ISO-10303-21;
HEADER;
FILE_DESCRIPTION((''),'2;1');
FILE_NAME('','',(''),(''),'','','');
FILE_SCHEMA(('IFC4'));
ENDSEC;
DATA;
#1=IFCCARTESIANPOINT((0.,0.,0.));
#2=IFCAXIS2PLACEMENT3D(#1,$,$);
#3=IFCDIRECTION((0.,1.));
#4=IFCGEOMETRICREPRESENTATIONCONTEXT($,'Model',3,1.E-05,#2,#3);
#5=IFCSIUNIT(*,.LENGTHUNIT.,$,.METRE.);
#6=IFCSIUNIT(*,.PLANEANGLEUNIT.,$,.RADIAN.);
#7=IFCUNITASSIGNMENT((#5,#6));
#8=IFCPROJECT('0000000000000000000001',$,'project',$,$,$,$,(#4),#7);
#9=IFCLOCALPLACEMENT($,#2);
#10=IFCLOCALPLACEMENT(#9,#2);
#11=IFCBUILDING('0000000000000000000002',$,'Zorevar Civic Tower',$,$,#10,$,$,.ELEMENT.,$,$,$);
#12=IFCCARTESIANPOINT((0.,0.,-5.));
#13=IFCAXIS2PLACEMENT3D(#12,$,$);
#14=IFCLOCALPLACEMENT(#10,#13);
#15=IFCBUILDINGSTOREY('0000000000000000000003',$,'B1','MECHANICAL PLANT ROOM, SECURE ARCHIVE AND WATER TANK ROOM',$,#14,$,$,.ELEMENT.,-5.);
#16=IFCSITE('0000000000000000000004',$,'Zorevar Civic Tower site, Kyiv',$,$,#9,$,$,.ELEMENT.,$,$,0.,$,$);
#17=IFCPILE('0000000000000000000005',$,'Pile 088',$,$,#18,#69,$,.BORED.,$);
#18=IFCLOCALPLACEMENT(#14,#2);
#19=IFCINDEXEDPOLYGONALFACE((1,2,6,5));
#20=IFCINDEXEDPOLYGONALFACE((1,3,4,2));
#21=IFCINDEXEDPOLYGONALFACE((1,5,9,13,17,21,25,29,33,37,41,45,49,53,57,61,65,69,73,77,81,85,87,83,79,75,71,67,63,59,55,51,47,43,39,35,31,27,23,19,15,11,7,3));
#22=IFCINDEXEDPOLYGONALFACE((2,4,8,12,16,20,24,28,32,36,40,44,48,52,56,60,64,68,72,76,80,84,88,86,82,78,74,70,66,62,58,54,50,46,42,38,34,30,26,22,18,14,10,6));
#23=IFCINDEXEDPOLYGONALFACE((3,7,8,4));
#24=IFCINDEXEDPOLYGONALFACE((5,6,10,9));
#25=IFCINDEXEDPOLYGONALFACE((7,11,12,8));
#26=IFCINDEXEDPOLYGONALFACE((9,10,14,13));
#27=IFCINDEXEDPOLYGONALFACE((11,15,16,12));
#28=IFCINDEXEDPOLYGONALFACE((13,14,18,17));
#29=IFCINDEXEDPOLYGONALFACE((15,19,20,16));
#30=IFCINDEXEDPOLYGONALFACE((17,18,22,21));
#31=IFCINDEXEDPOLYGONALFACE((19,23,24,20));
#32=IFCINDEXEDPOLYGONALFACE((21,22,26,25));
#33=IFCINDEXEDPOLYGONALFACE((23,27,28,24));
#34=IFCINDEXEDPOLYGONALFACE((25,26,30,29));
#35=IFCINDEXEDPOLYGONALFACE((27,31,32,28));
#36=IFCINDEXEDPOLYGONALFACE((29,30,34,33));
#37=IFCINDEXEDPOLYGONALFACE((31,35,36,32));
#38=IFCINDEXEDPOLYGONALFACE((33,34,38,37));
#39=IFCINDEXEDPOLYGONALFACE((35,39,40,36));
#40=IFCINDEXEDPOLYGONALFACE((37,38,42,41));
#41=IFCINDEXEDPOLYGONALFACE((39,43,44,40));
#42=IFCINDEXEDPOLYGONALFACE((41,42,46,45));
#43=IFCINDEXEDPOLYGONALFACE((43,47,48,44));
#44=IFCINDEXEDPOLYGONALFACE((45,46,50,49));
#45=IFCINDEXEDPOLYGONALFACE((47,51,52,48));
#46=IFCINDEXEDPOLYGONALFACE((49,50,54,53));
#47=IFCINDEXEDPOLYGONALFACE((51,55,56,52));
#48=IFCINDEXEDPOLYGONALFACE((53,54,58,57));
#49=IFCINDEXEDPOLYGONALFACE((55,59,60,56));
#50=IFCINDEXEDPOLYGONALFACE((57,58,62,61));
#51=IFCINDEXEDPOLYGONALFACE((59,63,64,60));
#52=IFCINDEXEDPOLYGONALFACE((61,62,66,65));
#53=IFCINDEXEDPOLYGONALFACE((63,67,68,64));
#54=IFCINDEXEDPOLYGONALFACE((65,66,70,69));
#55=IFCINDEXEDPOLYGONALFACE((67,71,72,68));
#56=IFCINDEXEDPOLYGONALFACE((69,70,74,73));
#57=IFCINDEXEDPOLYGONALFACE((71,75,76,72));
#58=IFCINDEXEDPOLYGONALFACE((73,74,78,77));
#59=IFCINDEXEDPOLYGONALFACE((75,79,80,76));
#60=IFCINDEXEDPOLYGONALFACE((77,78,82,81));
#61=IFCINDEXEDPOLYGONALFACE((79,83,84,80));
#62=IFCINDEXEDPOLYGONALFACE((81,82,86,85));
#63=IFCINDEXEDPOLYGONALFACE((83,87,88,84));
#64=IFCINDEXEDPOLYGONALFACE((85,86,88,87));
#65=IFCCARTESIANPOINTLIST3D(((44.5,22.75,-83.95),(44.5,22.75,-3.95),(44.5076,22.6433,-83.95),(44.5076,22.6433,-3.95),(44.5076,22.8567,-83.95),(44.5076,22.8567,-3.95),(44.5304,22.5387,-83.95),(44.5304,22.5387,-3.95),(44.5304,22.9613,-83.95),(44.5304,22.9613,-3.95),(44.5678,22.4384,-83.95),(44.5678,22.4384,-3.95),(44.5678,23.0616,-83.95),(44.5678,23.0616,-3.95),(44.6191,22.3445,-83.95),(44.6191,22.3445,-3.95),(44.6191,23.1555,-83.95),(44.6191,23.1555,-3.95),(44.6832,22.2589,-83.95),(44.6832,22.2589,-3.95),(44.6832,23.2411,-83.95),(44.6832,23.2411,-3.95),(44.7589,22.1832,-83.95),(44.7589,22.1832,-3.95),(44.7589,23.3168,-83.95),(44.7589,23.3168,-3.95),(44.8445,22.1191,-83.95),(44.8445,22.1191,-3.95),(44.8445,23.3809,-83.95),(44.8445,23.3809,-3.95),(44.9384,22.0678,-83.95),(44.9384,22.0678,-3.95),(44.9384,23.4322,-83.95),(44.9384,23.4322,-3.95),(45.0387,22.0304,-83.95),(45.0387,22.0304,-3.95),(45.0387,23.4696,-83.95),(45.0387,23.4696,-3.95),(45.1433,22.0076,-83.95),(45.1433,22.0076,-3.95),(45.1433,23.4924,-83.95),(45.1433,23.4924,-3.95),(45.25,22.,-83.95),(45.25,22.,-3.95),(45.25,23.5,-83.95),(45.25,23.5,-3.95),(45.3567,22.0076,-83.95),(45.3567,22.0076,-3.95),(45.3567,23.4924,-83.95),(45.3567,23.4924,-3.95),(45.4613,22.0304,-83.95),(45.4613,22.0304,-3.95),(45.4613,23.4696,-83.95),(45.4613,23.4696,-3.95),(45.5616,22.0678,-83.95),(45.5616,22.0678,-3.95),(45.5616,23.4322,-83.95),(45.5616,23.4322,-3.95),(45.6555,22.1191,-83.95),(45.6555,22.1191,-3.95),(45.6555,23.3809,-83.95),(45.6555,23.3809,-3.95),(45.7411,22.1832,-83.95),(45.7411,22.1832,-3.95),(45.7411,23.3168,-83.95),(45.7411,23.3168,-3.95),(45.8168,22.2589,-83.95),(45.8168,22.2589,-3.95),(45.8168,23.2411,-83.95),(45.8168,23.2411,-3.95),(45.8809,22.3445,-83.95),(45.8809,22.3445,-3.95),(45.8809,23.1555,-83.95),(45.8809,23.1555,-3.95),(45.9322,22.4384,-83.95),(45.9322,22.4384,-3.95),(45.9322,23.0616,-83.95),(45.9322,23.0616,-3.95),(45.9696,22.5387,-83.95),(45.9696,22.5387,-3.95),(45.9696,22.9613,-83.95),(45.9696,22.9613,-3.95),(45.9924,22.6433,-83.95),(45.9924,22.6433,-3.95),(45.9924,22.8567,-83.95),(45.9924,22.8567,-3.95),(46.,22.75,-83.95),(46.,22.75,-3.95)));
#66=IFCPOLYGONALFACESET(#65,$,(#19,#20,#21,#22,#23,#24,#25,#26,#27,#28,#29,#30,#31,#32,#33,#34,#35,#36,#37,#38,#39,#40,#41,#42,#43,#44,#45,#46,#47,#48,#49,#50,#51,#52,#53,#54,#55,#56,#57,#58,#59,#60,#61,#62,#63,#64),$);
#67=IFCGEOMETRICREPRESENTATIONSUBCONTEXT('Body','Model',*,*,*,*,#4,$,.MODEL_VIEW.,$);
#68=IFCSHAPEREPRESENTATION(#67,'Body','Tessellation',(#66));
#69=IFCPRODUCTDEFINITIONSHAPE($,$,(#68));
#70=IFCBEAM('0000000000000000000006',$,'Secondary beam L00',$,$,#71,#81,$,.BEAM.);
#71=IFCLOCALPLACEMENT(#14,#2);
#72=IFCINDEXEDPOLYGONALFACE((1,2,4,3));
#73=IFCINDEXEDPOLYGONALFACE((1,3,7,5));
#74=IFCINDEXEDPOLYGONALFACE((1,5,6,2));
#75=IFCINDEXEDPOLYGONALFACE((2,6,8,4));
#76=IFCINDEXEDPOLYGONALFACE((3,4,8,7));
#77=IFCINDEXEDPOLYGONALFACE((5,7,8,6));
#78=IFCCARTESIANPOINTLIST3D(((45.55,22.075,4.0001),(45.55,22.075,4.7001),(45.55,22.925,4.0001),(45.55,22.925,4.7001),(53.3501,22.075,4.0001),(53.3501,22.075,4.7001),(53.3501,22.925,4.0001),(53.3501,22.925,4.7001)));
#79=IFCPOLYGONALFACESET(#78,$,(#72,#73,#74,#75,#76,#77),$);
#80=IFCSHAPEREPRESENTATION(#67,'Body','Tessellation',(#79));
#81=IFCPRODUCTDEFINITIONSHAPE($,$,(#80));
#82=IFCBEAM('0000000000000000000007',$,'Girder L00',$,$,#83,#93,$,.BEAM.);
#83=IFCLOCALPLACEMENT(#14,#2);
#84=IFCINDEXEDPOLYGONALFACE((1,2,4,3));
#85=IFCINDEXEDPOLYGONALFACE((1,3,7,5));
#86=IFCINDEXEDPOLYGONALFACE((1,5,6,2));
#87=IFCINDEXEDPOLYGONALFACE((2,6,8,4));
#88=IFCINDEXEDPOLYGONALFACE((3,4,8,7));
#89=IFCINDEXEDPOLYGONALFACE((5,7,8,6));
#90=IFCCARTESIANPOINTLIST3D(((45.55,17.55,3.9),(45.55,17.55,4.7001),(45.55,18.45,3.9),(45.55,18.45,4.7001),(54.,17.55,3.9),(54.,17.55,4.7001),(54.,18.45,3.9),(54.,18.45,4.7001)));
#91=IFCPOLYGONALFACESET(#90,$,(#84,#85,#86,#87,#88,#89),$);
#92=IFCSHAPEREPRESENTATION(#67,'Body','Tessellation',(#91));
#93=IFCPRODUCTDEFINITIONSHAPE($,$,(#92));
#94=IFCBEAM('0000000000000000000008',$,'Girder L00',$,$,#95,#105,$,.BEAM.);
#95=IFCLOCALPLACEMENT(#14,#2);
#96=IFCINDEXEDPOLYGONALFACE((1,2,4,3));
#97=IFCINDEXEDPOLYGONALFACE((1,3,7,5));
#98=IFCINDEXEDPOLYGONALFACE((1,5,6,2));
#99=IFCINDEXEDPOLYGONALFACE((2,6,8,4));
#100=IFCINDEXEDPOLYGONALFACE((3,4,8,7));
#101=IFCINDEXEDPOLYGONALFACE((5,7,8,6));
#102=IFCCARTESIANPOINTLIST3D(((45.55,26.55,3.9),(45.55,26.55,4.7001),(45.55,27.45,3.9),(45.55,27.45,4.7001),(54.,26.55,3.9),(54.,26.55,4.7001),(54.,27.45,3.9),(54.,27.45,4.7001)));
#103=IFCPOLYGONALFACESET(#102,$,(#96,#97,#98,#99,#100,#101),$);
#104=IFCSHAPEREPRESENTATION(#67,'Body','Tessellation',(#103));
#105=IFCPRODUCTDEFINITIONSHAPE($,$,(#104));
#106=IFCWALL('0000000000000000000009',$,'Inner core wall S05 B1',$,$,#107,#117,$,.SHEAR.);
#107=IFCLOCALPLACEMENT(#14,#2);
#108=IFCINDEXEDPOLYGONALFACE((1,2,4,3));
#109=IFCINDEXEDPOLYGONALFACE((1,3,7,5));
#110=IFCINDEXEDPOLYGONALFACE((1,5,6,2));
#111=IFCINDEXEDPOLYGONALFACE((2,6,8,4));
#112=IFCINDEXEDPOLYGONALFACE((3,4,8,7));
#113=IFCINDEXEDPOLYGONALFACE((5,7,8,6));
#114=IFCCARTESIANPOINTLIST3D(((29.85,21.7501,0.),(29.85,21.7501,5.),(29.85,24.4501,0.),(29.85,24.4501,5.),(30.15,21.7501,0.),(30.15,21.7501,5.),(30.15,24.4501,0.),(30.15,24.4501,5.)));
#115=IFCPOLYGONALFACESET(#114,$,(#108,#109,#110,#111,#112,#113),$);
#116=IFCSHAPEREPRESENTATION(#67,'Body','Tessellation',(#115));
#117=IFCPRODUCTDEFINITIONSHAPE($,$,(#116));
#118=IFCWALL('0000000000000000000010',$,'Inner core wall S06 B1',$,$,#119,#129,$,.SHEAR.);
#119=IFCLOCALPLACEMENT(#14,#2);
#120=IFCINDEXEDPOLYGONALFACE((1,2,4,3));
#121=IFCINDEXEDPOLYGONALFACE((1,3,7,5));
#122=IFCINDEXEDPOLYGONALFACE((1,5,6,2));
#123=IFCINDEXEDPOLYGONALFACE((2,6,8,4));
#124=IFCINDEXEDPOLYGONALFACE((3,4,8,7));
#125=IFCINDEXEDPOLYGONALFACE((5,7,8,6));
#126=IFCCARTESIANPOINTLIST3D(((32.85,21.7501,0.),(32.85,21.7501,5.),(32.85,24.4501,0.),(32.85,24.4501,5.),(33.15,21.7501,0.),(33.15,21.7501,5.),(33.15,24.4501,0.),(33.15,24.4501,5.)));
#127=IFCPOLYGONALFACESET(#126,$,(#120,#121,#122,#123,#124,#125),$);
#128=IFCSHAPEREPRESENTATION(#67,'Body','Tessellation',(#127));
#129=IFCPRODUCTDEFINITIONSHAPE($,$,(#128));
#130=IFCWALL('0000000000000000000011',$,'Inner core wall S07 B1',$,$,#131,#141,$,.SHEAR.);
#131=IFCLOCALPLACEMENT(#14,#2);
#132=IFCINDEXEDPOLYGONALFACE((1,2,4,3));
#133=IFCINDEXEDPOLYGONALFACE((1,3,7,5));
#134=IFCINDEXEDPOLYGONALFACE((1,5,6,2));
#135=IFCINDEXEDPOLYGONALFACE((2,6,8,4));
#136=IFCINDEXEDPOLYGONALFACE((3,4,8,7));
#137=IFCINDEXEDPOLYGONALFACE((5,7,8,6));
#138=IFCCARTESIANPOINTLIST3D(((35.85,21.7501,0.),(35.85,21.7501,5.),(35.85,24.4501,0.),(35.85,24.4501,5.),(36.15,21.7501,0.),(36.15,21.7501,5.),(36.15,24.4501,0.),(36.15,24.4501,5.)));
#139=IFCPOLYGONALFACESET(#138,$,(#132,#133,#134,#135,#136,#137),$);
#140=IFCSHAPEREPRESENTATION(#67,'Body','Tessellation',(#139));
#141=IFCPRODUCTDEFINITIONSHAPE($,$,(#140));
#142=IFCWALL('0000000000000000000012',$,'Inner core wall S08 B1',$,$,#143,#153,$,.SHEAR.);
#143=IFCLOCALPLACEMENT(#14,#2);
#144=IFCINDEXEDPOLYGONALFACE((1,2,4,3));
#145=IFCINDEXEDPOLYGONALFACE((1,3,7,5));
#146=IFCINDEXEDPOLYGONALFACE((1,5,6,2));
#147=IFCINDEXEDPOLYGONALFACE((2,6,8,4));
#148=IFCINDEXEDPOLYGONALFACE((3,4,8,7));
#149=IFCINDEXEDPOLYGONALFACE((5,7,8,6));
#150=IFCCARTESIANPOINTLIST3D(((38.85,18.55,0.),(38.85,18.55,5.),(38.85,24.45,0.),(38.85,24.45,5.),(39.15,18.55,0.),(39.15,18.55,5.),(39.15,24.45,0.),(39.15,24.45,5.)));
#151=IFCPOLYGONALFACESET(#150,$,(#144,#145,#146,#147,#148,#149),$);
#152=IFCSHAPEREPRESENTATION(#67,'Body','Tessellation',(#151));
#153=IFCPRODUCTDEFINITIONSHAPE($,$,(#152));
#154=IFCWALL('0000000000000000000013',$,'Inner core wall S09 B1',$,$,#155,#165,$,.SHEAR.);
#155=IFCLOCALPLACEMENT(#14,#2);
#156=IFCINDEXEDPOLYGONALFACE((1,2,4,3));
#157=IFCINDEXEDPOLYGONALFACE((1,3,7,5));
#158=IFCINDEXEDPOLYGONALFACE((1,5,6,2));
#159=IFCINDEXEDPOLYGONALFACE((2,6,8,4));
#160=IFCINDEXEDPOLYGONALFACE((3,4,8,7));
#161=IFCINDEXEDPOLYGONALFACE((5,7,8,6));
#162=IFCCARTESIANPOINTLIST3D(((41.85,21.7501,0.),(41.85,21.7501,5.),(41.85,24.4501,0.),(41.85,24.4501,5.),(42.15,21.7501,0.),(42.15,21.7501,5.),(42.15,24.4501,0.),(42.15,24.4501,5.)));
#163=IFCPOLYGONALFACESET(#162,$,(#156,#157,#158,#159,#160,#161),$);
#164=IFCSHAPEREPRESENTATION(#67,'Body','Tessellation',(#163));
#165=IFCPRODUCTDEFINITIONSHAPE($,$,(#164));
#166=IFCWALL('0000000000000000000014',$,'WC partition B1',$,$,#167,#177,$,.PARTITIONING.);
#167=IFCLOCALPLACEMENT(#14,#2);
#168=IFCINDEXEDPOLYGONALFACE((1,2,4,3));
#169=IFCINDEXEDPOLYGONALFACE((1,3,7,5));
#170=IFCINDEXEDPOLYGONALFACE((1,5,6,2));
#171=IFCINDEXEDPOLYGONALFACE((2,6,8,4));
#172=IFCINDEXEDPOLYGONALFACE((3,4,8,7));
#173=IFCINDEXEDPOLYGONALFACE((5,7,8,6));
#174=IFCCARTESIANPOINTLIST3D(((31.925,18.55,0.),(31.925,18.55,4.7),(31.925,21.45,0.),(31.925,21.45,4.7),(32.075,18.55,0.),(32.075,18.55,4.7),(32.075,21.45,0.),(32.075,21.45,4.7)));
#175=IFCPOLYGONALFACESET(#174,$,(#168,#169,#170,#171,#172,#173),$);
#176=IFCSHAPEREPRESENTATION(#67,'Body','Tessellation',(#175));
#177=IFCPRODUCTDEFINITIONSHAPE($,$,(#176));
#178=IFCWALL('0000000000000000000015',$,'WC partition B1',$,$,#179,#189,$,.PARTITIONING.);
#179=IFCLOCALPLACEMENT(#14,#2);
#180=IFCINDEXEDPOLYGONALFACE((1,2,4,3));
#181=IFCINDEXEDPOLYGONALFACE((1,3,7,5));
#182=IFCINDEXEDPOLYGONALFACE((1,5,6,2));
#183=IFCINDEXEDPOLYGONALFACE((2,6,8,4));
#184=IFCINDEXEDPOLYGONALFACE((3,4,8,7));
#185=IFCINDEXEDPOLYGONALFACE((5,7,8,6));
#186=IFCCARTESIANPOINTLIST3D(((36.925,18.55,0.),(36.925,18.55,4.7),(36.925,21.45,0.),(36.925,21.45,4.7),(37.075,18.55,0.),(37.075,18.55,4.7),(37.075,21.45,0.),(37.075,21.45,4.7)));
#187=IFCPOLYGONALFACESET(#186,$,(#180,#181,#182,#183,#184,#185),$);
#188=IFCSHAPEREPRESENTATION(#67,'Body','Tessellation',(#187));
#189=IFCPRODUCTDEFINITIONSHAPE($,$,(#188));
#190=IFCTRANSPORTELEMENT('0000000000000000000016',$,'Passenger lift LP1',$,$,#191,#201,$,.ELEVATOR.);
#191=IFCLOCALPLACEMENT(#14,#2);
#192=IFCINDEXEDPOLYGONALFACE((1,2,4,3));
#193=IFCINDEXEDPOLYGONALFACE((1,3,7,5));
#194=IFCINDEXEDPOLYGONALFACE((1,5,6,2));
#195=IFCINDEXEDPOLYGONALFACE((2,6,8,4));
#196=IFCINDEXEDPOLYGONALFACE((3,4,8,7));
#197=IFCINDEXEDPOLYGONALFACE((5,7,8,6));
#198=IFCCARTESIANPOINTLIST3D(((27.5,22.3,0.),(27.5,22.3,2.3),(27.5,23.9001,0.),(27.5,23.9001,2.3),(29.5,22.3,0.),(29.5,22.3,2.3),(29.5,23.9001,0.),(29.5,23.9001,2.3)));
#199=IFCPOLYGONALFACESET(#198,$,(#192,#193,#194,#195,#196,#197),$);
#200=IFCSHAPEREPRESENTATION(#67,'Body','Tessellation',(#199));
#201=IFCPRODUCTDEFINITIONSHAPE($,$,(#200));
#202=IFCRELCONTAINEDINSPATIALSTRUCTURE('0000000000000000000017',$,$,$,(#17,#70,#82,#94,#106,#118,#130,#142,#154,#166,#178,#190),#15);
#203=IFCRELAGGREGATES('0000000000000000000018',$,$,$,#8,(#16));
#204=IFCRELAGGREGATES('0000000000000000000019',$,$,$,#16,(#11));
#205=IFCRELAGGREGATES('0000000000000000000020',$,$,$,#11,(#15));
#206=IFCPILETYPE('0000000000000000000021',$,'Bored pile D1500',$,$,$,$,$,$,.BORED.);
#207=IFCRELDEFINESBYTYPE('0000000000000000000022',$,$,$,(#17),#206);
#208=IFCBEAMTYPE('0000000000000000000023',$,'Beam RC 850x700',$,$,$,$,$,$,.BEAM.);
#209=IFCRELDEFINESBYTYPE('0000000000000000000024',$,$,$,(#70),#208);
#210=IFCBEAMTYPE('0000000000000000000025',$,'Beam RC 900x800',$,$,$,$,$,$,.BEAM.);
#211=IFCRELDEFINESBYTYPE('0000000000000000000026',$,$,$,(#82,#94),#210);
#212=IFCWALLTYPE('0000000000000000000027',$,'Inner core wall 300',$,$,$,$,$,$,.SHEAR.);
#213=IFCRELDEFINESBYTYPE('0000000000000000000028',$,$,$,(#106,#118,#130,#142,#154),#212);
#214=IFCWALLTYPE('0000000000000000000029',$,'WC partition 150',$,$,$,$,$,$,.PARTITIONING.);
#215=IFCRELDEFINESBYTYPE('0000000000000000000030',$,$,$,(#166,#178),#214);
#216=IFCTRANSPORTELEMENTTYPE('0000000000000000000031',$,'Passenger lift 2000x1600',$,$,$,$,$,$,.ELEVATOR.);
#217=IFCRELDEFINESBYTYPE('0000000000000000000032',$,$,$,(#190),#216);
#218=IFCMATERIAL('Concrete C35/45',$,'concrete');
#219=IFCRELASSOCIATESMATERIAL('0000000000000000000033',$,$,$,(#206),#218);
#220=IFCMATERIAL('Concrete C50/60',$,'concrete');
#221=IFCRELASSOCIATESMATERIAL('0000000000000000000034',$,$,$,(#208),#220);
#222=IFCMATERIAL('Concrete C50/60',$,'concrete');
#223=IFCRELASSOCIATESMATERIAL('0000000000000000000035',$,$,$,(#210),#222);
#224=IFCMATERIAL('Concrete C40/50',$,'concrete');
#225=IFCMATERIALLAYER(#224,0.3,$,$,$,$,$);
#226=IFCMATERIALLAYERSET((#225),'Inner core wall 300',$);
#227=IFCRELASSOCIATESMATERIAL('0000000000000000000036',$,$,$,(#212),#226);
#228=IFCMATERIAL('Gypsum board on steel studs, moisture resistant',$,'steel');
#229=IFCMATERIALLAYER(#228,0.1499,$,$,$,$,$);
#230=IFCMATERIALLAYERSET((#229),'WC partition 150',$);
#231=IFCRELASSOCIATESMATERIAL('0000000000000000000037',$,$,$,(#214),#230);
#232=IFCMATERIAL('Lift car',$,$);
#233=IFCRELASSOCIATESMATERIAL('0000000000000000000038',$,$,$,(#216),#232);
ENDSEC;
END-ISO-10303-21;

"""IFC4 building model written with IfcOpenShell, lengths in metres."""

from ifc_helpers import new_model, si_unit, direction, frame, frame_2d, origin, origin_2d, place, context, subcontext, project, spatial, rectangle, circle, extrude, material, layer, layer_set, material_profile, profile_set, type_object, element, save


model = new_model("IFC4")

# Units and contexts
model_context = context("Model", 3, precision=1e-05, world=origin(), true_north=direction((0.0, 1.0)))
body_context = subcontext(model_context, "Body", "Model", "MODEL_VIEW")
ifc_project = project(units=[si_unit("LENGTHUNIT", "METRE"), si_unit("PLANEANGLEUNIT", "RADIAN")], contexts=[model_context])

# Site, building, storey
site_placement = place(None, origin())
site = spatial("IfcSite", under=ifc_project, at=site_placement, Name="Zorevar Civic Tower site, Kyiv", CompositionType="ELEMENT", RefElevation=0.0)
building_placement = place(site_placement, origin())
building = spatial("IfcBuilding", under=site, at=building_placement, Name="Zorevar Civic Tower", CompositionType="ELEMENT")
storey_placement = place(building_placement, frame((0.0, 0.0, -5.0)))
storey = spatial("IfcBuildingStorey", under=building, at=storey_placement, Name="B1", Description="MECHANICAL PLANT ROOM, SECURE ARCHIVE AND WATER TANK ROOM", CompositionType="ELEMENT", Elevation=-5.0)

# Pile
ifc_material_1 = material(Name="Concrete C35/45", Category="concrete")
pile_type = type_object("IfcPileType", Name="Bored pile D1500", PredefinedType="BORED", material=ifc_material_1)
for number, where, z_axis, x_axis, name in (
    (1, (45.25, 22.75, -3.95), (0.0, 0.0, -1.0), (1.0, 0.0, 0.0), "Pile 088"),
):
    element("IfcPile", number, at=place(storey_placement, frame(where, z_axis=z_axis, x_axis=x_axis)), inside=storey, type_object=pile_type, Name=name, PredefinedType="BORED", context=body_context, shape_type="SweptSolid", body=[
        extrude(circle(Radius=0.75, at=origin_2d()), origin(), (0.0, 0.0, 1.0), 80.0),
    ])

# Beams
ifc_material_2 = material(Name="Concrete C50/60", Category="concrete")
ifc_material_profile_1 = material_profile(ifc_material_2, rectangle(XDim=0.8501, YDim=0.7, at=origin_2d()), Name="RC 850x700")
ifc_profile_set_1 = profile_set([ifc_material_profile_1], Name="Concrete C50/60")
beam_type_1 = type_object("IfcBeamType", Name="Beam RC 850x700", PredefinedType="BEAM", material=ifc_profile_set_1)
beam_placement = place(storey_placement, frame((45.55, 22.5, 4.3501), z_axis=(1.0, 0.0, 0.0), x_axis=(0.0, 1.0, 0.0)))
element("IfcBeam", 2, at=beam_placement, inside=storey, type_object=beam_type_1, Name="Secondary beam L00", PredefinedType="BEAM", context=body_context, shape_type="SweptSolid", body=[
    extrude(rectangle(XDim=0.8501, YDim=0.7, at=origin_2d()), origin(), (0.0, 0.0, 1.0), 7.8),
])
ifc_material_3 = material(Name="Concrete C50/60", Category="concrete")
ifc_material_profile_2 = material_profile(ifc_material_3, rectangle(XDim=0.8999, YDim=0.8, at=origin_2d()), Name="RC 900x800")
ifc_profile_set_2 = profile_set([ifc_material_profile_2], Name="Concrete C50/60")
beam_type_2 = type_object("IfcBeamType", Name="Beam RC 900x800", PredefinedType="BEAM", material=ifc_profile_set_2)
for number, where, z_axis, x_axis, name in (
    (3, (45.55, 18.0, 4.3), (1.0, 0.0, 0.0), (0.0, 1.0, 0.0), "Girder L00"),
    (4, (45.55, 27.0, 4.3), (1.0, 0.0, 0.0), (0.0, 1.0, 0.0), "Girder L00"),
):
    element("IfcBeam", number, at=place(storey_placement, frame(where, z_axis=z_axis, x_axis=x_axis)), inside=storey, type_object=beam_type_2, Name=name, PredefinedType="BEAM", context=body_context, shape_type="SweptSolid", body=[
        extrude(rectangle(XDim=0.8999, YDim=0.8, at=origin_2d()), origin(), (0.0, 0.0, 1.0), 8.45),
    ])

# Walls
ifc_material_4 = material(Name="Concrete C40/50", Category="concrete")
ifc_layer_1 = layer(ifc_material_4, 0.3)
ifc_layer_set_1 = layer_set([ifc_layer_1], Name="Inner core wall 300")
wall_type_1 = type_object("IfcWallType", Name="Inner core wall 300", PredefinedType="SHEAR", material=ifc_layer_set_1)
for number, where, z_axis, x_axis, name in (
    (5, (30.0, 21.75, 0.0), (0.0, 0.0, 1.0), (0.0, 1.0, 0.0), "Inner core wall S05 B1"),
    (6, (33.0, 21.75, 0.0), (0.0, 0.0, 1.0), (0.0, 1.0, 0.0), "Inner core wall S06 B1"),
    (7, (36.0, 21.75, 0.0), (0.0, 0.0, 1.0), (0.0, 1.0, 0.0), "Inner core wall S07 B1"),
):
    element("IfcWall", number, at=place(storey_placement, frame(where, z_axis=z_axis, x_axis=x_axis)), inside=storey, type_object=wall_type_1, Name=name, PredefinedType="SHEAR", context=body_context, shape_type="SweptSolid", body=[
        extrude(rectangle(XDim=2.7, YDim=0.3, at=frame_2d((1.3501, 0.0))), origin(), (0.0, 0.0, 1.0), 5.0),
    ])
wall_1_placement = place(storey_placement, frame((39.0, 18.55, 0.0), z_axis=(0.0, 0.0, 1.0), x_axis=(0.0, 1.0, 0.0)))
element("IfcWall", 8, at=wall_1_placement, inside=storey, type_object=wall_type_1, Name="Inner core wall S08 B1", PredefinedType="SHEAR", context=body_context, shape_type="SweptSolid", body=[
    extrude(rectangle(XDim=5.8999, YDim=0.3, at=frame_2d((2.95, 0.0))), origin(), (0.0, 0.0, 1.0), 5.0),
])
wall_2_placement = place(storey_placement, frame((42.0, 21.75, 0.0), z_axis=(0.0, 0.0, 1.0), x_axis=(0.0, 1.0, 0.0)))
element("IfcWall", 9, at=wall_2_placement, inside=storey, type_object=wall_type_1, Name="Inner core wall S09 B1", PredefinedType="SHEAR", context=body_context, shape_type="SweptSolid", body=[
    extrude(rectangle(XDim=2.7, YDim=0.3, at=frame_2d((1.3501, 0.0))), origin(), (0.0, 0.0, 1.0), 5.0),
])
ifc_material_5 = material(Name="Gypsum board on steel studs, moisture resistant", Category="steel")
ifc_layer_2 = layer(ifc_material_5, 0.1499)
ifc_layer_set_2 = layer_set([ifc_layer_2], Name="WC partition 150")
wall_type_2 = type_object("IfcWallType", Name="WC partition 150", PredefinedType="PARTITIONING", material=ifc_layer_set_2)
for number, where, z_axis, x_axis, name in (
    (10, (32.0, 18.55, 0.0), (0.0, 0.0, 1.0), (0.0, 1.0, 0.0), "WC partition B1"),
    (11, (37.0, 18.55, 0.0), (0.0, 0.0, 1.0), (0.0, 1.0, 0.0), "WC partition B1"),
):
    element("IfcWall", number, at=place(storey_placement, frame(where, z_axis=z_axis, x_axis=x_axis)), inside=storey, type_object=wall_type_2, Name=name, PredefinedType="PARTITIONING", context=body_context, shape_type="SweptSolid", body=[
        extrude(rectangle(XDim=2.8999, YDim=0.1499, at=frame_2d((1.45, 0.0))), origin(), (0.0, 0.0, 1.0), 4.7),
    ])

# Transport element
ifc_material_6 = material(Name="Lift car")
transport_element_type_1 = type_object("IfcTransportElementType", Name="Passenger lift 2000x1600", PredefinedType="ELEVATOR", material=ifc_material_6)
for number, where, z_axis, x_axis, name in (
    (12, (28.5, 23.1001, 0.0), (0.0, 0.0, 1.0), (1.0, 0.0, 0.0), "Passenger lift LP1"),
):
    element("IfcTransportElement", number, at=place(storey_placement, frame(where, z_axis=z_axis, x_axis=x_axis)), inside=storey, type_object=transport_element_type_1, Name=name, PredefinedType="ELEVATOR", context=body_context, shape_type="SweptSolid", body=[
        extrude(rectangle(XDim=2.0, YDim=1.6001, at=origin_2d()), origin(), (0.0, 0.0, 1.0), 2.3),
    ])

save(model, "model.ifc")
